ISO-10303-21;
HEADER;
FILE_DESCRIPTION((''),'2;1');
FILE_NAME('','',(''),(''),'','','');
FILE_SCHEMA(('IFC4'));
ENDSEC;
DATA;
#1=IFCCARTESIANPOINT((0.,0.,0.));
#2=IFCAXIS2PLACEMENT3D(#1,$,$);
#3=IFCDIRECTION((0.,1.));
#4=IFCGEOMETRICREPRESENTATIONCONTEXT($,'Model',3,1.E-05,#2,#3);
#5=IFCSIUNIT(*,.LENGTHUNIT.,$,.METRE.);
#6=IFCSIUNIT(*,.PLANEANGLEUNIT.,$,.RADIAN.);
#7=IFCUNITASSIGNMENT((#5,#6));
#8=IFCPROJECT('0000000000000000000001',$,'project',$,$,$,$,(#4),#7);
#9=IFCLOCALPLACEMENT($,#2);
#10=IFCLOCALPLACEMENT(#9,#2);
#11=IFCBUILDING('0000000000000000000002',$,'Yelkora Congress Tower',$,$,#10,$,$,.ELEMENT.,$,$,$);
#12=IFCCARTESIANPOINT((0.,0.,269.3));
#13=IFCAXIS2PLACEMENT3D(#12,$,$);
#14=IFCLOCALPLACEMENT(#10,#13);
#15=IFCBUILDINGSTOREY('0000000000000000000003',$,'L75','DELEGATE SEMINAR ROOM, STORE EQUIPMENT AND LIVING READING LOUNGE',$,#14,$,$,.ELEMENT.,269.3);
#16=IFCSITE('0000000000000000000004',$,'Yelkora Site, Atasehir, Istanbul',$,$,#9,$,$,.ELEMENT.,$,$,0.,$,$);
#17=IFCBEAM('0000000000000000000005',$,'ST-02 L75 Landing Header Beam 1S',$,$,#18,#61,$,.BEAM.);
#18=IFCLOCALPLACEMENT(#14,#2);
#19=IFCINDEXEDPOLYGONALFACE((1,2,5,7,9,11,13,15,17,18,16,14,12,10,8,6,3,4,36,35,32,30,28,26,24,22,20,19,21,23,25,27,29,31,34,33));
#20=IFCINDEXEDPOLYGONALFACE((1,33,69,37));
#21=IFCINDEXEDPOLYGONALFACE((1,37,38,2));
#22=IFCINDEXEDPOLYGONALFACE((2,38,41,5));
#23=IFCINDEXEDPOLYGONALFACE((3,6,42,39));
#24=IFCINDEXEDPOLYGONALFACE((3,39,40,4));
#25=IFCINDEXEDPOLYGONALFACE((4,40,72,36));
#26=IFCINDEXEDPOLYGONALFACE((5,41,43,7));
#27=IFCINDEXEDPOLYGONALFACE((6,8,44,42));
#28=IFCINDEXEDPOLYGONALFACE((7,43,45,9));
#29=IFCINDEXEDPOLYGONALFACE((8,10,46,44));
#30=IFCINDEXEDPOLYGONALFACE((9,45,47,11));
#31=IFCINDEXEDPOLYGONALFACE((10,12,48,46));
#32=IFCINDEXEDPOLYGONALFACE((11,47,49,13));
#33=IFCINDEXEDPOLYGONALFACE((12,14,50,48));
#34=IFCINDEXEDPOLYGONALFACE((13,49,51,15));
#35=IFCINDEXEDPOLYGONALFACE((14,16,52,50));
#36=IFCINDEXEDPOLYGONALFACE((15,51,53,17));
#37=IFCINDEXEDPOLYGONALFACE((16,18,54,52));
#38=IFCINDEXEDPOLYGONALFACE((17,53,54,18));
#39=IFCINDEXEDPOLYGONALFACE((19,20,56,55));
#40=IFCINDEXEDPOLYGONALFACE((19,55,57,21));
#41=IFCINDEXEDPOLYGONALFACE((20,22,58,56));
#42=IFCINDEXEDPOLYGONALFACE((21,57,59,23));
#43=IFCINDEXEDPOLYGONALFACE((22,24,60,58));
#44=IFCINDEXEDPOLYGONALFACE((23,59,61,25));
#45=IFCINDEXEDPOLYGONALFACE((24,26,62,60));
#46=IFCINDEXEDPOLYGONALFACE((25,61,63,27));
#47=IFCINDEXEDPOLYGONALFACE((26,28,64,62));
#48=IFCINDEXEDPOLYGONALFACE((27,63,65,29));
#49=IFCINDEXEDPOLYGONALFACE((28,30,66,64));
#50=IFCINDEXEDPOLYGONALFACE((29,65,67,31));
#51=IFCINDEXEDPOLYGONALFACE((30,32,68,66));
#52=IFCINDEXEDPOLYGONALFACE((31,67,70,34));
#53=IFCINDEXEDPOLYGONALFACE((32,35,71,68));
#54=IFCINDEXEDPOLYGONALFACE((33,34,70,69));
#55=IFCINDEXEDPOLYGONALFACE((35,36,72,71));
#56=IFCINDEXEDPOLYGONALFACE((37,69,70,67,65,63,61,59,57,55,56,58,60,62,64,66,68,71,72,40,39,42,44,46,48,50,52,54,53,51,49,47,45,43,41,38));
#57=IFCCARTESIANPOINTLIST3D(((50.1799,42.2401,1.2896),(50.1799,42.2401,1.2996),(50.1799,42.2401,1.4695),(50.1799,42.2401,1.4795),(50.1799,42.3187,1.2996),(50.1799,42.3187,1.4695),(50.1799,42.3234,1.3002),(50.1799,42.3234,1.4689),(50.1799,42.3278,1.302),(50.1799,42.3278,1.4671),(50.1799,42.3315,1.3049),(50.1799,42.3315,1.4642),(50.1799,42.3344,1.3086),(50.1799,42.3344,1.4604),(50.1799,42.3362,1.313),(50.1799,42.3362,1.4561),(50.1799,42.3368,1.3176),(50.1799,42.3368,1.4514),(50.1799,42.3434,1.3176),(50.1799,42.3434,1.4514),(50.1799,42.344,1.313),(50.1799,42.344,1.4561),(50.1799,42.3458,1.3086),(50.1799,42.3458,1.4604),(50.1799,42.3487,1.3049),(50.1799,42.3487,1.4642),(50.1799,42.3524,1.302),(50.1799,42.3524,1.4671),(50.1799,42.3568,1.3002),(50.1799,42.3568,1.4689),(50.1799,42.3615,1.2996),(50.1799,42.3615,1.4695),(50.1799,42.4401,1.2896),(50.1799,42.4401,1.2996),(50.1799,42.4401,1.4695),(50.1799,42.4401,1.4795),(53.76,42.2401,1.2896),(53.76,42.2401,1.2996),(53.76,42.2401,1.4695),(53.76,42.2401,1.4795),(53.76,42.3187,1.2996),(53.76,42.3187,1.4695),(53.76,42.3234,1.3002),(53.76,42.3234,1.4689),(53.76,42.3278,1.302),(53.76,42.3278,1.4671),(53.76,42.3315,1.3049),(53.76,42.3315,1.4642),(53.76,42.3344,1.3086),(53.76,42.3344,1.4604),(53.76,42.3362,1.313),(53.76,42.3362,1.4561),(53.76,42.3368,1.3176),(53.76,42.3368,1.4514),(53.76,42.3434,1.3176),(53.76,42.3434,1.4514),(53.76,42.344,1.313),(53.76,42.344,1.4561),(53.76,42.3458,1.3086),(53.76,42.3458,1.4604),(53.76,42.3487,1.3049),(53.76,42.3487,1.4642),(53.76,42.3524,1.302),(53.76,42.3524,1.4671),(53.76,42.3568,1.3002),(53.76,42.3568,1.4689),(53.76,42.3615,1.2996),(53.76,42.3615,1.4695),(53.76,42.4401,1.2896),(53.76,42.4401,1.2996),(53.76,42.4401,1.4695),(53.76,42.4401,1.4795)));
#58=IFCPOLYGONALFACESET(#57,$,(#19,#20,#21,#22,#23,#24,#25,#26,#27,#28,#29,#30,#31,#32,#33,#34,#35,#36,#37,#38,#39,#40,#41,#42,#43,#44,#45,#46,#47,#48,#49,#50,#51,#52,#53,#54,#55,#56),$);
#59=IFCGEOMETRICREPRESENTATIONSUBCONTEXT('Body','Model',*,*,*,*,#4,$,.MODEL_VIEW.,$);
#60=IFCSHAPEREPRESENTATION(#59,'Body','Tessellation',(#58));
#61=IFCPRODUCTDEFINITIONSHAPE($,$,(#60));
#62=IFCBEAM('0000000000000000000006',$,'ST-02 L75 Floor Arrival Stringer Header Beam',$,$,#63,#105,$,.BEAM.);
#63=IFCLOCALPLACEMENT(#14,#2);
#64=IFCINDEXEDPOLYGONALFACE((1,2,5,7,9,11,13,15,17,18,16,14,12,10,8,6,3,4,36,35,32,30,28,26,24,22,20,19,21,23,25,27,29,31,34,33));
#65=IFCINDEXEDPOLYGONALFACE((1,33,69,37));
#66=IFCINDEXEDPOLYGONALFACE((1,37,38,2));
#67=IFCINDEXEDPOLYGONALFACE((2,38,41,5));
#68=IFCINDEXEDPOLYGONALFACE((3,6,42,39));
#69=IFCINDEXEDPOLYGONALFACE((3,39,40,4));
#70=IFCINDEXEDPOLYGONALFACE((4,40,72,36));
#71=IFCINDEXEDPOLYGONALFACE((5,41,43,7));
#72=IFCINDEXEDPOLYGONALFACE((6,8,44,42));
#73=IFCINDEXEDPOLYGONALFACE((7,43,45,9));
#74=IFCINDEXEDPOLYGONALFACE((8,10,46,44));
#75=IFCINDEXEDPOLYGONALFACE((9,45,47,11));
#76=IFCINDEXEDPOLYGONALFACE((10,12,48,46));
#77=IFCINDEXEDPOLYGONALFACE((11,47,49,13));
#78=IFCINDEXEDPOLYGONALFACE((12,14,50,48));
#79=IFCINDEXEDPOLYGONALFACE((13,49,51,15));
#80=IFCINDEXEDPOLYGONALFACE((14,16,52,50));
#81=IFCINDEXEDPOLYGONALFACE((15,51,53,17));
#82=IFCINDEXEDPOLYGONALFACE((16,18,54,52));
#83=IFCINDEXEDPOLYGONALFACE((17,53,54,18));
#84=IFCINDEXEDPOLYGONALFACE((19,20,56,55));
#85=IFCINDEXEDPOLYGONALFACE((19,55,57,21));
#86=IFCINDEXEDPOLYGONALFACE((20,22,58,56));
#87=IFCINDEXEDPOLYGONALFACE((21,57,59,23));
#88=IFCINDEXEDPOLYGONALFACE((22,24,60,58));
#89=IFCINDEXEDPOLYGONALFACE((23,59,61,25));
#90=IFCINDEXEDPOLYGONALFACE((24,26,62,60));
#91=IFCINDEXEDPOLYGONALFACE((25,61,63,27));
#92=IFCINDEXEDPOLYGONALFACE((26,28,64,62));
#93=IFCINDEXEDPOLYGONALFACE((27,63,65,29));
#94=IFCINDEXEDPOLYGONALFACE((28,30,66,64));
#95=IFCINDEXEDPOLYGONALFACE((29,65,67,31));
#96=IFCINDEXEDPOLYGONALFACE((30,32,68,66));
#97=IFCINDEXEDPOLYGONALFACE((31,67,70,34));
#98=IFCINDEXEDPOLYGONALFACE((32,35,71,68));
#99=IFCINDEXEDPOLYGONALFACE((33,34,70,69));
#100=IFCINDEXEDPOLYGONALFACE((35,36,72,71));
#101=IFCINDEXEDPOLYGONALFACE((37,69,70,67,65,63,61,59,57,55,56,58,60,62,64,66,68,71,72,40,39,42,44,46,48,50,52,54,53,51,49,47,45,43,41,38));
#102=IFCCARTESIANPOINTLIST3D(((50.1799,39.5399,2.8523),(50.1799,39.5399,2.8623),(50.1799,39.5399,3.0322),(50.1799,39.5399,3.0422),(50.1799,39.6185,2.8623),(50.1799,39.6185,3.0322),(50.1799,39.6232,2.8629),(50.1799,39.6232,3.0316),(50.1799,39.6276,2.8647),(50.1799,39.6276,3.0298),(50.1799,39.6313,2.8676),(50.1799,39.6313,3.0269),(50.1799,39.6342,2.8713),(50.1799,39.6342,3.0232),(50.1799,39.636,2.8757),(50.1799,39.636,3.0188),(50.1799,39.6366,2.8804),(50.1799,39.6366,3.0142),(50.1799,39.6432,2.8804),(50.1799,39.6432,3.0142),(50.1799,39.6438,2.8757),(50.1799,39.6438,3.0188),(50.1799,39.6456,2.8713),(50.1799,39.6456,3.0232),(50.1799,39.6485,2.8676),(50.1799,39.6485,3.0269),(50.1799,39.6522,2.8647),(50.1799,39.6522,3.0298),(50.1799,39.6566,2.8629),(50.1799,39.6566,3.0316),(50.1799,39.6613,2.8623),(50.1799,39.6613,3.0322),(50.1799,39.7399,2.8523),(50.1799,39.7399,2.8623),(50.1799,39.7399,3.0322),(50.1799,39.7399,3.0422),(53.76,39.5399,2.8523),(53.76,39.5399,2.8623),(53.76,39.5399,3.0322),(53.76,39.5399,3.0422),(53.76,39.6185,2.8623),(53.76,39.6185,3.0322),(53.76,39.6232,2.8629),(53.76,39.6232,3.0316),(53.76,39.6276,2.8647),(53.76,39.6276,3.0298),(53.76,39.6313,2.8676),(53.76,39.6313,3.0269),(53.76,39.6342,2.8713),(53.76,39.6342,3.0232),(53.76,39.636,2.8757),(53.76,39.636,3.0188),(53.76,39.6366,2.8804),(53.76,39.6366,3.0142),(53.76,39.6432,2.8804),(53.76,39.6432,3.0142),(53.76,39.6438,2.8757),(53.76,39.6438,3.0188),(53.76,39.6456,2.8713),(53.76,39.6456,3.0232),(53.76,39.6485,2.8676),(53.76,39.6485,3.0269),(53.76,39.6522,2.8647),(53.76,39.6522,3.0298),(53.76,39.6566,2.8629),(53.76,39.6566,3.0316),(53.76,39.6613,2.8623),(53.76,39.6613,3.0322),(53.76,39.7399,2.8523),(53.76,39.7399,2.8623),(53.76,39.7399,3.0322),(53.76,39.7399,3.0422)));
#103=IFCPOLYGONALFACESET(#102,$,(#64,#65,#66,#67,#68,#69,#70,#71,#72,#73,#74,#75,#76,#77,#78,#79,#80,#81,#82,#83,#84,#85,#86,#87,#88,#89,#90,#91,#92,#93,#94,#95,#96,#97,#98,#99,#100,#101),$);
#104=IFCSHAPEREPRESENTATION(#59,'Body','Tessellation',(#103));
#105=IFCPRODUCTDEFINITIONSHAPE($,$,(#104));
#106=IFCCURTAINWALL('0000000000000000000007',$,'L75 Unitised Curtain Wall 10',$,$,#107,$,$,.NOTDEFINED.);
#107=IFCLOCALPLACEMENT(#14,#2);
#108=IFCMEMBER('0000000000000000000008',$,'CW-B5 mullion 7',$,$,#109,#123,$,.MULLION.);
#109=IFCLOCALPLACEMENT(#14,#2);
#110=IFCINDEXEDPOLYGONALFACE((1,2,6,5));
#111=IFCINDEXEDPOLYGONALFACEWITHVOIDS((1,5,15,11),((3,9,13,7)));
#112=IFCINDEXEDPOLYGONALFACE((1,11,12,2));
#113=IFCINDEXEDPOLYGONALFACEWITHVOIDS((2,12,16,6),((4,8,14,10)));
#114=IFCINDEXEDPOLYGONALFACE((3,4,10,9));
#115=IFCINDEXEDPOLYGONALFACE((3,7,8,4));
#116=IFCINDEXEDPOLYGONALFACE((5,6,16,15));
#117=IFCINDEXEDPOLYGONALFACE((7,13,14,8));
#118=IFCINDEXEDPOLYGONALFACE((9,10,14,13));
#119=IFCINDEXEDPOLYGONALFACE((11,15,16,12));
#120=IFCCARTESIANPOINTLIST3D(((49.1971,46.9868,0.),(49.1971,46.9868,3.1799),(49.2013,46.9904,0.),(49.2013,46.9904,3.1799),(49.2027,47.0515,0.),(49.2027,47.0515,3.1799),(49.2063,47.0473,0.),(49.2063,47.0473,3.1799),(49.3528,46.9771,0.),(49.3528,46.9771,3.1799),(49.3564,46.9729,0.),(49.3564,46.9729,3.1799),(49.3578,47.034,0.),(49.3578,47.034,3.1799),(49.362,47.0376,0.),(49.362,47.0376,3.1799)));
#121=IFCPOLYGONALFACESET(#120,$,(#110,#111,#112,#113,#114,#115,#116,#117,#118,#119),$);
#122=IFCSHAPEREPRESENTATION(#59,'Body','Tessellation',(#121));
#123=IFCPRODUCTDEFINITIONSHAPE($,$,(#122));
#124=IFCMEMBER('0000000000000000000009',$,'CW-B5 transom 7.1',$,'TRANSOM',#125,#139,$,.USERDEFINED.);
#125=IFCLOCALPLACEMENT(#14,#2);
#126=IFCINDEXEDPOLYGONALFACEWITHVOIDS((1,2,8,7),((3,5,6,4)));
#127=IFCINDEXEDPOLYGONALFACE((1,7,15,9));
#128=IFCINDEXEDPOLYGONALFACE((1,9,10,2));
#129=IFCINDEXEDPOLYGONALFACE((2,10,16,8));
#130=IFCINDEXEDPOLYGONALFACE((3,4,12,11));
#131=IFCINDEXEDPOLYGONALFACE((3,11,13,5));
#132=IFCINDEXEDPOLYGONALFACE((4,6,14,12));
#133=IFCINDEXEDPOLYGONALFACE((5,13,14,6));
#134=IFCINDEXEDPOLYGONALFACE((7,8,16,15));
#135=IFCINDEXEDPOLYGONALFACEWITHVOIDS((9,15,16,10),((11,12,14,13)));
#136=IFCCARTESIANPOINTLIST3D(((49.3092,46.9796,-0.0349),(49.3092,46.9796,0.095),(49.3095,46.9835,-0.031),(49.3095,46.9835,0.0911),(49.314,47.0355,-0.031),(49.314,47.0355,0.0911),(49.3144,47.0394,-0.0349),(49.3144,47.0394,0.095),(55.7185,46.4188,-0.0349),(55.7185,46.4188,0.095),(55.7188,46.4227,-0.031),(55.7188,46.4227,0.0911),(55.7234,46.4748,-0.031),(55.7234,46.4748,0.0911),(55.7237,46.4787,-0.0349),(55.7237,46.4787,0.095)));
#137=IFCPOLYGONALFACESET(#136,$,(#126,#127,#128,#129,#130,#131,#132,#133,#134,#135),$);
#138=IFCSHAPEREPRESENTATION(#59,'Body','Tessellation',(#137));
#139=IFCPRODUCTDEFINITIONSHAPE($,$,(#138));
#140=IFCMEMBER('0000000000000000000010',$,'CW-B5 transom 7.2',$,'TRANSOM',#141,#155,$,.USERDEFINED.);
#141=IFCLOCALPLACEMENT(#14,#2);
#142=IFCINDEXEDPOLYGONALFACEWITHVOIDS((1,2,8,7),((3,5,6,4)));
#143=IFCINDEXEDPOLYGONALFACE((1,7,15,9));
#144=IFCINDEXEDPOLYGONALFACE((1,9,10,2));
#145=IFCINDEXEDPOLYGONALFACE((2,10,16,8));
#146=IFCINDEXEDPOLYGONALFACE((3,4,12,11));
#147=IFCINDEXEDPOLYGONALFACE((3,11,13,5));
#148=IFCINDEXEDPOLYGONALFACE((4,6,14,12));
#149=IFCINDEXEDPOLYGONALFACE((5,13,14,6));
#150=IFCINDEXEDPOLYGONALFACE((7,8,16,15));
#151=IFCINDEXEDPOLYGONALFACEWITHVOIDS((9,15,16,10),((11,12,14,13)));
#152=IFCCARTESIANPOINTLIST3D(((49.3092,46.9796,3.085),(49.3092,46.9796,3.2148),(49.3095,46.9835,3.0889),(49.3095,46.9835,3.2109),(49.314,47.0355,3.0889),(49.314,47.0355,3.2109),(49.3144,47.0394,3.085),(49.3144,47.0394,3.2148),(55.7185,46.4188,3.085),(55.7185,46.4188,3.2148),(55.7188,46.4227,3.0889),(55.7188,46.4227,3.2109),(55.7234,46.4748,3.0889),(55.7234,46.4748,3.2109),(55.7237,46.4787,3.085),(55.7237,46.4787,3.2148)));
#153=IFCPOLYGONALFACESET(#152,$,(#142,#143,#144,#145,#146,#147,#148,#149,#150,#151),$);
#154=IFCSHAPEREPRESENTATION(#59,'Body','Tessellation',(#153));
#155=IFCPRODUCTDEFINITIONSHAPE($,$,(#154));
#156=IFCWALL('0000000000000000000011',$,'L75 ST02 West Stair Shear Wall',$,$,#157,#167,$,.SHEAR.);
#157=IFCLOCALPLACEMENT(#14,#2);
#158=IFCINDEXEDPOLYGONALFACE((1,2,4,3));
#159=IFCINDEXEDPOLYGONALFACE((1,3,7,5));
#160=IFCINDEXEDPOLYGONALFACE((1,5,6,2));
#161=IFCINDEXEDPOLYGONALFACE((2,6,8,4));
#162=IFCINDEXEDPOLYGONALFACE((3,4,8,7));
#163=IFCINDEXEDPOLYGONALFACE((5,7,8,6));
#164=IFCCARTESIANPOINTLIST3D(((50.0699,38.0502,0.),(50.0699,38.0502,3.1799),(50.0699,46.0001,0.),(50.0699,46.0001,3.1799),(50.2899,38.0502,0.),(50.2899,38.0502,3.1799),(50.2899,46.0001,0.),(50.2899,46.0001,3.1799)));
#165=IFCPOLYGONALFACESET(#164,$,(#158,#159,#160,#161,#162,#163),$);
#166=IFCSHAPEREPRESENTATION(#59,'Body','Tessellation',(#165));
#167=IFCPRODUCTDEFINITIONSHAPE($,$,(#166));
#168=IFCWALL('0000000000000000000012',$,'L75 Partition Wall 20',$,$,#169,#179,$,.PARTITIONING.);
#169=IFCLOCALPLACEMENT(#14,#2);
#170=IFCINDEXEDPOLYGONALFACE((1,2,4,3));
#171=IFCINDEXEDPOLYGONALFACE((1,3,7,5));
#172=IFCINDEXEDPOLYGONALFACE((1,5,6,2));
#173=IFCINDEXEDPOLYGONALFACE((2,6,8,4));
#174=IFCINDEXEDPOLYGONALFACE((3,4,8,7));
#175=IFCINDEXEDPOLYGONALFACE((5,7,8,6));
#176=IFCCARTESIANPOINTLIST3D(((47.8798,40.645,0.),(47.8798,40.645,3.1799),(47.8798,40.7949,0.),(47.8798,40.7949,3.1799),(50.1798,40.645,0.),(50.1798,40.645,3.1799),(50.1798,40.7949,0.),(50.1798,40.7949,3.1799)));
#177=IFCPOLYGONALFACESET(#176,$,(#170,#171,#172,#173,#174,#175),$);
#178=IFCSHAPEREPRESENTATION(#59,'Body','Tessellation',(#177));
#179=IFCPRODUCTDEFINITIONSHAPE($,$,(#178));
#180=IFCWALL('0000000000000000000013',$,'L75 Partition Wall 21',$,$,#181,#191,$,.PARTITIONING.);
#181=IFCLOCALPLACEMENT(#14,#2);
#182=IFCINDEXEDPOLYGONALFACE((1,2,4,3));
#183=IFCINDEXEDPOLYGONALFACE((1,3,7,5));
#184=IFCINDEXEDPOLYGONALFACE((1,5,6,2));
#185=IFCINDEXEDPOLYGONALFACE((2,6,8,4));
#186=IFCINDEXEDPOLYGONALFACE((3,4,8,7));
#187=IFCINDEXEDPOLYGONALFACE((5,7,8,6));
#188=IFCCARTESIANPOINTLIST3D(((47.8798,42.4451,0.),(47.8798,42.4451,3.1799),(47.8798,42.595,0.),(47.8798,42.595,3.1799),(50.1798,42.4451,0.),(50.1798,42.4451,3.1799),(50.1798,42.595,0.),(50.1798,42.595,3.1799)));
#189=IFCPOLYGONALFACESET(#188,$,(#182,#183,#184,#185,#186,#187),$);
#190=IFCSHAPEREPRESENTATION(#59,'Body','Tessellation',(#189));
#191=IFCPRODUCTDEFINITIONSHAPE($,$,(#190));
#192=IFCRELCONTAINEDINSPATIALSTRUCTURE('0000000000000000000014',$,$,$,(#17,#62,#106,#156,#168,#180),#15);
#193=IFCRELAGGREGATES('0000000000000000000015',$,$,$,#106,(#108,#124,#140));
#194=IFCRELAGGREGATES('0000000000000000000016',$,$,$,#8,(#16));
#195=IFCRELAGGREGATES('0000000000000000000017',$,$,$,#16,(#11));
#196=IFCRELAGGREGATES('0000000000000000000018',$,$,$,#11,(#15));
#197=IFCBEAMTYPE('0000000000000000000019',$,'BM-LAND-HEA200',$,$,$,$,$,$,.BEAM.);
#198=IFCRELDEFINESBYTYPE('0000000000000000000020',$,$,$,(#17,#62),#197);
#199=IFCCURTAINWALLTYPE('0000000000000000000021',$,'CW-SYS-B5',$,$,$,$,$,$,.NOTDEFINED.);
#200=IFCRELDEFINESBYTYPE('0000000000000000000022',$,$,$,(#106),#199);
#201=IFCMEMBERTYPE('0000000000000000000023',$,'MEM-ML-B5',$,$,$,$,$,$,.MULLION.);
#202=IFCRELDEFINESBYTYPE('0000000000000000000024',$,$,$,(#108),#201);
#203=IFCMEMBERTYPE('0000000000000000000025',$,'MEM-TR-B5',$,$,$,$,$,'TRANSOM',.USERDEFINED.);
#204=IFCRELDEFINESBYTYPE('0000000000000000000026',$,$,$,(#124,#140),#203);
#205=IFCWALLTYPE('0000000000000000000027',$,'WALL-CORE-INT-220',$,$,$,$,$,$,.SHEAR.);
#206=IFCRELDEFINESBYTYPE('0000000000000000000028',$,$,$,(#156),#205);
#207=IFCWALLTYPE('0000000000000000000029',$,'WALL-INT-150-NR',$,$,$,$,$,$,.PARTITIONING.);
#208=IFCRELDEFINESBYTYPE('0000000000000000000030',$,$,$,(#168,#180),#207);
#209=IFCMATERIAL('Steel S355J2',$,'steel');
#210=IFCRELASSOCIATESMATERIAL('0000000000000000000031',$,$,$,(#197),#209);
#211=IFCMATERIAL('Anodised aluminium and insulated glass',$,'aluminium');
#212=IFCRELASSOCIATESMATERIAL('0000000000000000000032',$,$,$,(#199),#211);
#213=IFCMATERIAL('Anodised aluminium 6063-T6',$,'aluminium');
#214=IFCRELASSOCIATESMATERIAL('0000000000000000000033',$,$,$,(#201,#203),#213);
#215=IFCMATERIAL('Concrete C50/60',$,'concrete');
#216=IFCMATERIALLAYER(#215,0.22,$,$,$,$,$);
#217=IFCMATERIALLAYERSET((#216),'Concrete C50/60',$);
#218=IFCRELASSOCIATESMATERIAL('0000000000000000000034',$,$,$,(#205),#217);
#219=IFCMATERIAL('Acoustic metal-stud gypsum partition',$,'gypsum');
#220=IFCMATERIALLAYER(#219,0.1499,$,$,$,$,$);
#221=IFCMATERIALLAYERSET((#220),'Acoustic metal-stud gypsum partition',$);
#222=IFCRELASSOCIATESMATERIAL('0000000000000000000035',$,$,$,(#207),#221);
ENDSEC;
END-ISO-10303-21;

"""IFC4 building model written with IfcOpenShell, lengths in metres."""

from ifc_helpers import new_model, si_unit, direction, frame, frame_2d, origin, origin_2d, place, context, subcontext, project, spatial, rectangle, hollow_rectangle, i_section, extrude, material, layer, layer_set, material_profile, profile_set, type_object, element, aggregate, save


model = new_model("IFC4")

# Units and contexts
model_context = context("Model", 3, precision=1e-05, world=origin(), true_north=direction((0.0, 1.0)))
body_context = subcontext(model_context, "Body", "Model", "MODEL_VIEW")
ifc_project = project(units=[si_unit("LENGTHUNIT", "METRE"), si_unit("PLANEANGLEUNIT", "RADIAN")], contexts=[model_context])

# Site, building, storey
site_placement = place(None, origin())
site = spatial("IfcSite", under=ifc_project, at=site_placement, Name="Yelkora Site, Atasehir, Istanbul", CompositionType="ELEMENT", RefElevation=0.0)
building_placement = place(site_placement, origin())
building = spatial("IfcBuilding", under=site, at=building_placement, Name="Yelkora Congress Tower", CompositionType="ELEMENT")
storey_placement = place(building_placement, frame((0.0, 0.0, 269.3)))
storey = spatial("IfcBuildingStorey", under=building, at=storey_placement, Name="L75", Description="DELEGATE SEMINAR ROOM, STORE EQUIPMENT AND LIVING READING LOUNGE", CompositionType="ELEMENT", Elevation=269.3)

# Beams
ifc_material_1 = material(Name="Steel S355J2", Category="steel")
ifc_material_profile_1 = material_profile(ifc_material_1, i_section(OverallWidth=0.2, OverallDepth=0.1899, WebThickness=0.0066, FlangeThickness=0.01, FilletRadius=0.0181, at=origin_2d()), Name="HEA 200")
ifc_profile_set_1 = profile_set([ifc_material_profile_1], Name="Steel S355J2")
beam_type_1 = type_object("IfcBeamType", Name="BM-LAND-HEA200", PredefinedType="BEAM", material=ifc_profile_set_1)
for number, where, z_axis, x_axis, name in (
    (1, (50.1799, 42.3401, 1.3845), (1.0, 0.0, 0.0), (0.0, 1.0, 0.0), "ST-02 L75 Landing Header Beam 1S"),
    (2, (50.1799, 39.6399, 2.9473), (1.0, 0.0, 0.0), (0.0, 1.0, 0.0), "ST-02 L75 Floor Arrival Stringer Header Beam"),
):
    element("IfcBeam", number, at=place(storey_placement, frame(where, z_axis=z_axis, x_axis=x_axis)), inside=storey, type_object=beam_type_1, Name=name, PredefinedType="BEAM", context=body_context, shape_type="SweptSolid", body=[
        extrude(i_section(OverallWidth=0.2, OverallDepth=0.1899, WebThickness=0.0066, FlangeThickness=0.01, FilletRadius=0.0181, at=origin_2d()), origin(), (0.0, 0.0, 1.0), 3.5801),
    ])

# Curtain wall, members
ifc_material_2 = material(Name="Anodised aluminium and insulated glass", Category="aluminium")
curtain_wall_type = type_object("IfcCurtainWallType", Name="CW-SYS-B5", PredefinedType="NOTDEFINED", material=ifc_material_2)
curtain_wall_placement = place(storey_placement, origin())
curtain_wall = element("IfcCurtainWall", 3, at=curtain_wall_placement, inside=storey, type_object=curtain_wall_type, Name="L75 Unitised Curtain Wall 10", PredefinedType="NOTDEFINED")
ifc_material_3 = material(Name="Anodised aluminium 6063-T6", Category="aluminium")
ifc_material_profile_2 = material_profile(ifc_material_3, hollow_rectangle(XDim=0.0649, YDim=0.1599, WallThickness=0.0039, at=origin_2d()), Name="ALU 65x160x4")
ifc_profile_set_2 = profile_set([ifc_material_profile_2], Name="Anodised aluminium 6063-T6")
member_type_1 = type_object("IfcMemberType", Name="MEM-ML-B5", PredefinedType="MULLION", material=ifc_profile_set_2)
member_1_placement = place(storey_placement, frame((49.2795, 47.0122, 0.0), z_axis=(0.0, 0.0, 1.0), x_axis=(0.087157, 0.996195, 0.0)))
member_1 = element("IfcMember", 4, at=member_1_placement, type_object=member_type_1, Name="CW-B5 mullion 7", PredefinedType="MULLION", context=body_context, shape_type="SweptSolid", body=[
    extrude(hollow_rectangle(XDim=0.0649, YDim=0.1599, WallThickness=0.0039, at=origin_2d()), origin(), (0.0, 0.0, 1.0), 3.1799),
])
ifc_material_profile_3 = material_profile(ifc_material_3, hollow_rectangle(XDim=0.0601, YDim=0.1299, WallThickness=0.0039, at=origin_2d()), Name="ALU 60x130x4")
ifc_profile_set_3 = profile_set([ifc_material_profile_3], Name="Anodised aluminium 6063-T6")
member_type_2 = type_object("IfcMemberType", Name="MEM-TR-B5", ElementType="TRANSOM", PredefinedType="USERDEFINED", material=ifc_profile_set_3)
member_2_placement = place(storey_placement, frame((49.3118, 47.0095, 0.03), z_axis=(0.996194, -0.087162, 0.0), x_axis=(0.087162, 0.996194, 0.0)))
member_2 = element("IfcMember", 5, at=member_2_placement, type_object=member_type_2, Name="CW-B5 transom 7.1", ObjectType="TRANSOM", PredefinedType="USERDEFINED", context=body_context, shape_type="SweptSolid", body=[
    extrude(hollow_rectangle(XDim=0.0601, YDim=0.1299, WallThickness=0.0039, at=origin_2d()), origin(), (0.0, 0.0, 1.0), 6.4338),
])
member_3_placement = place(storey_placement, frame((49.3118, 47.0095, 3.1499), z_axis=(0.996194, -0.087162, 0.0), x_axis=(0.087162, 0.996194, 0.0)))
member_3 = element("IfcMember", 6, at=member_3_placement, type_object=member_type_2, Name="CW-B5 transom 7.2", ObjectType="TRANSOM", PredefinedType="USERDEFINED", context=body_context, shape_type="SweptSolid", body=[
    extrude(hollow_rectangle(XDim=0.0601, YDim=0.1299, WallThickness=0.0039, at=origin_2d()), origin(), (0.0, 0.0, 1.0), 6.4338),
])
aggregate(curtain_wall, [member_1, member_2, member_3])

# Walls
ifc_material_4 = material(Name="Concrete C50/60", Category="concrete")
ifc_layer_1 = layer(ifc_material_4, 0.22)
ifc_layer_set_1 = layer_set([ifc_layer_1], Name="Concrete C50/60")
wall_type_1 = type_object("IfcWallType", Name="WALL-CORE-INT-220", PredefinedType="SHEAR", material=ifc_layer_set_1)
wall_1_placement = place(storey_placement, frame((50.1799, 38.05, 0.0), z_axis=(0.0, 0.0, 1.0), x_axis=(0.0, 1.0, 0.0)))
element("IfcWall", 7, at=wall_1_placement, inside=storey, type_object=wall_type_1, Name="L75 ST02 West Stair Shear Wall", PredefinedType="SHEAR", context=body_context, shape_type="SweptSolid", body=[
    extrude(rectangle(XDim=7.95, YDim=0.22, at=frame_2d((3.9751, 0.0))), origin(), (0.0, 0.0, 1.0), 3.1799),
])
ifc_material_5 = material(Name="Acoustic metal-stud gypsum partition", Category="gypsum")
ifc_layer_2 = layer(ifc_material_5, 0.1499)
ifc_layer_set_2 = layer_set([ifc_layer_2], Name="Acoustic metal-stud gypsum partition")
wall_type_2 = type_object("IfcWallType", Name="WALL-INT-150-NR", PredefinedType="PARTITIONING", material=ifc_layer_set_2)
for number, where, z_axis, x_axis, name in (
    (8, (47.8799, 40.72, 0.0), (0.0, 0.0, 1.0), (1.0, 0.0, 0.0), "L75 Partition Wall 20"),
    (9, (47.8799, 42.52, 0.0), (0.0, 0.0, 1.0), (1.0, 0.0, 0.0), "L75 Partition Wall 21"),
):
    element("IfcWall", number, at=place(storey_placement, frame(where, z_axis=z_axis, x_axis=x_axis)), inside=storey, type_object=wall_type_2, Name=name, PredefinedType="PARTITIONING", context=body_context, shape_type="SweptSolid", body=[
        extrude(rectangle(XDim=2.3, YDim=0.1499, at=frame_2d((1.1499, 0.0))), origin(), (0.0, 0.0, 1.0), 3.1799),
    ])

save(model, "model.ifc")
